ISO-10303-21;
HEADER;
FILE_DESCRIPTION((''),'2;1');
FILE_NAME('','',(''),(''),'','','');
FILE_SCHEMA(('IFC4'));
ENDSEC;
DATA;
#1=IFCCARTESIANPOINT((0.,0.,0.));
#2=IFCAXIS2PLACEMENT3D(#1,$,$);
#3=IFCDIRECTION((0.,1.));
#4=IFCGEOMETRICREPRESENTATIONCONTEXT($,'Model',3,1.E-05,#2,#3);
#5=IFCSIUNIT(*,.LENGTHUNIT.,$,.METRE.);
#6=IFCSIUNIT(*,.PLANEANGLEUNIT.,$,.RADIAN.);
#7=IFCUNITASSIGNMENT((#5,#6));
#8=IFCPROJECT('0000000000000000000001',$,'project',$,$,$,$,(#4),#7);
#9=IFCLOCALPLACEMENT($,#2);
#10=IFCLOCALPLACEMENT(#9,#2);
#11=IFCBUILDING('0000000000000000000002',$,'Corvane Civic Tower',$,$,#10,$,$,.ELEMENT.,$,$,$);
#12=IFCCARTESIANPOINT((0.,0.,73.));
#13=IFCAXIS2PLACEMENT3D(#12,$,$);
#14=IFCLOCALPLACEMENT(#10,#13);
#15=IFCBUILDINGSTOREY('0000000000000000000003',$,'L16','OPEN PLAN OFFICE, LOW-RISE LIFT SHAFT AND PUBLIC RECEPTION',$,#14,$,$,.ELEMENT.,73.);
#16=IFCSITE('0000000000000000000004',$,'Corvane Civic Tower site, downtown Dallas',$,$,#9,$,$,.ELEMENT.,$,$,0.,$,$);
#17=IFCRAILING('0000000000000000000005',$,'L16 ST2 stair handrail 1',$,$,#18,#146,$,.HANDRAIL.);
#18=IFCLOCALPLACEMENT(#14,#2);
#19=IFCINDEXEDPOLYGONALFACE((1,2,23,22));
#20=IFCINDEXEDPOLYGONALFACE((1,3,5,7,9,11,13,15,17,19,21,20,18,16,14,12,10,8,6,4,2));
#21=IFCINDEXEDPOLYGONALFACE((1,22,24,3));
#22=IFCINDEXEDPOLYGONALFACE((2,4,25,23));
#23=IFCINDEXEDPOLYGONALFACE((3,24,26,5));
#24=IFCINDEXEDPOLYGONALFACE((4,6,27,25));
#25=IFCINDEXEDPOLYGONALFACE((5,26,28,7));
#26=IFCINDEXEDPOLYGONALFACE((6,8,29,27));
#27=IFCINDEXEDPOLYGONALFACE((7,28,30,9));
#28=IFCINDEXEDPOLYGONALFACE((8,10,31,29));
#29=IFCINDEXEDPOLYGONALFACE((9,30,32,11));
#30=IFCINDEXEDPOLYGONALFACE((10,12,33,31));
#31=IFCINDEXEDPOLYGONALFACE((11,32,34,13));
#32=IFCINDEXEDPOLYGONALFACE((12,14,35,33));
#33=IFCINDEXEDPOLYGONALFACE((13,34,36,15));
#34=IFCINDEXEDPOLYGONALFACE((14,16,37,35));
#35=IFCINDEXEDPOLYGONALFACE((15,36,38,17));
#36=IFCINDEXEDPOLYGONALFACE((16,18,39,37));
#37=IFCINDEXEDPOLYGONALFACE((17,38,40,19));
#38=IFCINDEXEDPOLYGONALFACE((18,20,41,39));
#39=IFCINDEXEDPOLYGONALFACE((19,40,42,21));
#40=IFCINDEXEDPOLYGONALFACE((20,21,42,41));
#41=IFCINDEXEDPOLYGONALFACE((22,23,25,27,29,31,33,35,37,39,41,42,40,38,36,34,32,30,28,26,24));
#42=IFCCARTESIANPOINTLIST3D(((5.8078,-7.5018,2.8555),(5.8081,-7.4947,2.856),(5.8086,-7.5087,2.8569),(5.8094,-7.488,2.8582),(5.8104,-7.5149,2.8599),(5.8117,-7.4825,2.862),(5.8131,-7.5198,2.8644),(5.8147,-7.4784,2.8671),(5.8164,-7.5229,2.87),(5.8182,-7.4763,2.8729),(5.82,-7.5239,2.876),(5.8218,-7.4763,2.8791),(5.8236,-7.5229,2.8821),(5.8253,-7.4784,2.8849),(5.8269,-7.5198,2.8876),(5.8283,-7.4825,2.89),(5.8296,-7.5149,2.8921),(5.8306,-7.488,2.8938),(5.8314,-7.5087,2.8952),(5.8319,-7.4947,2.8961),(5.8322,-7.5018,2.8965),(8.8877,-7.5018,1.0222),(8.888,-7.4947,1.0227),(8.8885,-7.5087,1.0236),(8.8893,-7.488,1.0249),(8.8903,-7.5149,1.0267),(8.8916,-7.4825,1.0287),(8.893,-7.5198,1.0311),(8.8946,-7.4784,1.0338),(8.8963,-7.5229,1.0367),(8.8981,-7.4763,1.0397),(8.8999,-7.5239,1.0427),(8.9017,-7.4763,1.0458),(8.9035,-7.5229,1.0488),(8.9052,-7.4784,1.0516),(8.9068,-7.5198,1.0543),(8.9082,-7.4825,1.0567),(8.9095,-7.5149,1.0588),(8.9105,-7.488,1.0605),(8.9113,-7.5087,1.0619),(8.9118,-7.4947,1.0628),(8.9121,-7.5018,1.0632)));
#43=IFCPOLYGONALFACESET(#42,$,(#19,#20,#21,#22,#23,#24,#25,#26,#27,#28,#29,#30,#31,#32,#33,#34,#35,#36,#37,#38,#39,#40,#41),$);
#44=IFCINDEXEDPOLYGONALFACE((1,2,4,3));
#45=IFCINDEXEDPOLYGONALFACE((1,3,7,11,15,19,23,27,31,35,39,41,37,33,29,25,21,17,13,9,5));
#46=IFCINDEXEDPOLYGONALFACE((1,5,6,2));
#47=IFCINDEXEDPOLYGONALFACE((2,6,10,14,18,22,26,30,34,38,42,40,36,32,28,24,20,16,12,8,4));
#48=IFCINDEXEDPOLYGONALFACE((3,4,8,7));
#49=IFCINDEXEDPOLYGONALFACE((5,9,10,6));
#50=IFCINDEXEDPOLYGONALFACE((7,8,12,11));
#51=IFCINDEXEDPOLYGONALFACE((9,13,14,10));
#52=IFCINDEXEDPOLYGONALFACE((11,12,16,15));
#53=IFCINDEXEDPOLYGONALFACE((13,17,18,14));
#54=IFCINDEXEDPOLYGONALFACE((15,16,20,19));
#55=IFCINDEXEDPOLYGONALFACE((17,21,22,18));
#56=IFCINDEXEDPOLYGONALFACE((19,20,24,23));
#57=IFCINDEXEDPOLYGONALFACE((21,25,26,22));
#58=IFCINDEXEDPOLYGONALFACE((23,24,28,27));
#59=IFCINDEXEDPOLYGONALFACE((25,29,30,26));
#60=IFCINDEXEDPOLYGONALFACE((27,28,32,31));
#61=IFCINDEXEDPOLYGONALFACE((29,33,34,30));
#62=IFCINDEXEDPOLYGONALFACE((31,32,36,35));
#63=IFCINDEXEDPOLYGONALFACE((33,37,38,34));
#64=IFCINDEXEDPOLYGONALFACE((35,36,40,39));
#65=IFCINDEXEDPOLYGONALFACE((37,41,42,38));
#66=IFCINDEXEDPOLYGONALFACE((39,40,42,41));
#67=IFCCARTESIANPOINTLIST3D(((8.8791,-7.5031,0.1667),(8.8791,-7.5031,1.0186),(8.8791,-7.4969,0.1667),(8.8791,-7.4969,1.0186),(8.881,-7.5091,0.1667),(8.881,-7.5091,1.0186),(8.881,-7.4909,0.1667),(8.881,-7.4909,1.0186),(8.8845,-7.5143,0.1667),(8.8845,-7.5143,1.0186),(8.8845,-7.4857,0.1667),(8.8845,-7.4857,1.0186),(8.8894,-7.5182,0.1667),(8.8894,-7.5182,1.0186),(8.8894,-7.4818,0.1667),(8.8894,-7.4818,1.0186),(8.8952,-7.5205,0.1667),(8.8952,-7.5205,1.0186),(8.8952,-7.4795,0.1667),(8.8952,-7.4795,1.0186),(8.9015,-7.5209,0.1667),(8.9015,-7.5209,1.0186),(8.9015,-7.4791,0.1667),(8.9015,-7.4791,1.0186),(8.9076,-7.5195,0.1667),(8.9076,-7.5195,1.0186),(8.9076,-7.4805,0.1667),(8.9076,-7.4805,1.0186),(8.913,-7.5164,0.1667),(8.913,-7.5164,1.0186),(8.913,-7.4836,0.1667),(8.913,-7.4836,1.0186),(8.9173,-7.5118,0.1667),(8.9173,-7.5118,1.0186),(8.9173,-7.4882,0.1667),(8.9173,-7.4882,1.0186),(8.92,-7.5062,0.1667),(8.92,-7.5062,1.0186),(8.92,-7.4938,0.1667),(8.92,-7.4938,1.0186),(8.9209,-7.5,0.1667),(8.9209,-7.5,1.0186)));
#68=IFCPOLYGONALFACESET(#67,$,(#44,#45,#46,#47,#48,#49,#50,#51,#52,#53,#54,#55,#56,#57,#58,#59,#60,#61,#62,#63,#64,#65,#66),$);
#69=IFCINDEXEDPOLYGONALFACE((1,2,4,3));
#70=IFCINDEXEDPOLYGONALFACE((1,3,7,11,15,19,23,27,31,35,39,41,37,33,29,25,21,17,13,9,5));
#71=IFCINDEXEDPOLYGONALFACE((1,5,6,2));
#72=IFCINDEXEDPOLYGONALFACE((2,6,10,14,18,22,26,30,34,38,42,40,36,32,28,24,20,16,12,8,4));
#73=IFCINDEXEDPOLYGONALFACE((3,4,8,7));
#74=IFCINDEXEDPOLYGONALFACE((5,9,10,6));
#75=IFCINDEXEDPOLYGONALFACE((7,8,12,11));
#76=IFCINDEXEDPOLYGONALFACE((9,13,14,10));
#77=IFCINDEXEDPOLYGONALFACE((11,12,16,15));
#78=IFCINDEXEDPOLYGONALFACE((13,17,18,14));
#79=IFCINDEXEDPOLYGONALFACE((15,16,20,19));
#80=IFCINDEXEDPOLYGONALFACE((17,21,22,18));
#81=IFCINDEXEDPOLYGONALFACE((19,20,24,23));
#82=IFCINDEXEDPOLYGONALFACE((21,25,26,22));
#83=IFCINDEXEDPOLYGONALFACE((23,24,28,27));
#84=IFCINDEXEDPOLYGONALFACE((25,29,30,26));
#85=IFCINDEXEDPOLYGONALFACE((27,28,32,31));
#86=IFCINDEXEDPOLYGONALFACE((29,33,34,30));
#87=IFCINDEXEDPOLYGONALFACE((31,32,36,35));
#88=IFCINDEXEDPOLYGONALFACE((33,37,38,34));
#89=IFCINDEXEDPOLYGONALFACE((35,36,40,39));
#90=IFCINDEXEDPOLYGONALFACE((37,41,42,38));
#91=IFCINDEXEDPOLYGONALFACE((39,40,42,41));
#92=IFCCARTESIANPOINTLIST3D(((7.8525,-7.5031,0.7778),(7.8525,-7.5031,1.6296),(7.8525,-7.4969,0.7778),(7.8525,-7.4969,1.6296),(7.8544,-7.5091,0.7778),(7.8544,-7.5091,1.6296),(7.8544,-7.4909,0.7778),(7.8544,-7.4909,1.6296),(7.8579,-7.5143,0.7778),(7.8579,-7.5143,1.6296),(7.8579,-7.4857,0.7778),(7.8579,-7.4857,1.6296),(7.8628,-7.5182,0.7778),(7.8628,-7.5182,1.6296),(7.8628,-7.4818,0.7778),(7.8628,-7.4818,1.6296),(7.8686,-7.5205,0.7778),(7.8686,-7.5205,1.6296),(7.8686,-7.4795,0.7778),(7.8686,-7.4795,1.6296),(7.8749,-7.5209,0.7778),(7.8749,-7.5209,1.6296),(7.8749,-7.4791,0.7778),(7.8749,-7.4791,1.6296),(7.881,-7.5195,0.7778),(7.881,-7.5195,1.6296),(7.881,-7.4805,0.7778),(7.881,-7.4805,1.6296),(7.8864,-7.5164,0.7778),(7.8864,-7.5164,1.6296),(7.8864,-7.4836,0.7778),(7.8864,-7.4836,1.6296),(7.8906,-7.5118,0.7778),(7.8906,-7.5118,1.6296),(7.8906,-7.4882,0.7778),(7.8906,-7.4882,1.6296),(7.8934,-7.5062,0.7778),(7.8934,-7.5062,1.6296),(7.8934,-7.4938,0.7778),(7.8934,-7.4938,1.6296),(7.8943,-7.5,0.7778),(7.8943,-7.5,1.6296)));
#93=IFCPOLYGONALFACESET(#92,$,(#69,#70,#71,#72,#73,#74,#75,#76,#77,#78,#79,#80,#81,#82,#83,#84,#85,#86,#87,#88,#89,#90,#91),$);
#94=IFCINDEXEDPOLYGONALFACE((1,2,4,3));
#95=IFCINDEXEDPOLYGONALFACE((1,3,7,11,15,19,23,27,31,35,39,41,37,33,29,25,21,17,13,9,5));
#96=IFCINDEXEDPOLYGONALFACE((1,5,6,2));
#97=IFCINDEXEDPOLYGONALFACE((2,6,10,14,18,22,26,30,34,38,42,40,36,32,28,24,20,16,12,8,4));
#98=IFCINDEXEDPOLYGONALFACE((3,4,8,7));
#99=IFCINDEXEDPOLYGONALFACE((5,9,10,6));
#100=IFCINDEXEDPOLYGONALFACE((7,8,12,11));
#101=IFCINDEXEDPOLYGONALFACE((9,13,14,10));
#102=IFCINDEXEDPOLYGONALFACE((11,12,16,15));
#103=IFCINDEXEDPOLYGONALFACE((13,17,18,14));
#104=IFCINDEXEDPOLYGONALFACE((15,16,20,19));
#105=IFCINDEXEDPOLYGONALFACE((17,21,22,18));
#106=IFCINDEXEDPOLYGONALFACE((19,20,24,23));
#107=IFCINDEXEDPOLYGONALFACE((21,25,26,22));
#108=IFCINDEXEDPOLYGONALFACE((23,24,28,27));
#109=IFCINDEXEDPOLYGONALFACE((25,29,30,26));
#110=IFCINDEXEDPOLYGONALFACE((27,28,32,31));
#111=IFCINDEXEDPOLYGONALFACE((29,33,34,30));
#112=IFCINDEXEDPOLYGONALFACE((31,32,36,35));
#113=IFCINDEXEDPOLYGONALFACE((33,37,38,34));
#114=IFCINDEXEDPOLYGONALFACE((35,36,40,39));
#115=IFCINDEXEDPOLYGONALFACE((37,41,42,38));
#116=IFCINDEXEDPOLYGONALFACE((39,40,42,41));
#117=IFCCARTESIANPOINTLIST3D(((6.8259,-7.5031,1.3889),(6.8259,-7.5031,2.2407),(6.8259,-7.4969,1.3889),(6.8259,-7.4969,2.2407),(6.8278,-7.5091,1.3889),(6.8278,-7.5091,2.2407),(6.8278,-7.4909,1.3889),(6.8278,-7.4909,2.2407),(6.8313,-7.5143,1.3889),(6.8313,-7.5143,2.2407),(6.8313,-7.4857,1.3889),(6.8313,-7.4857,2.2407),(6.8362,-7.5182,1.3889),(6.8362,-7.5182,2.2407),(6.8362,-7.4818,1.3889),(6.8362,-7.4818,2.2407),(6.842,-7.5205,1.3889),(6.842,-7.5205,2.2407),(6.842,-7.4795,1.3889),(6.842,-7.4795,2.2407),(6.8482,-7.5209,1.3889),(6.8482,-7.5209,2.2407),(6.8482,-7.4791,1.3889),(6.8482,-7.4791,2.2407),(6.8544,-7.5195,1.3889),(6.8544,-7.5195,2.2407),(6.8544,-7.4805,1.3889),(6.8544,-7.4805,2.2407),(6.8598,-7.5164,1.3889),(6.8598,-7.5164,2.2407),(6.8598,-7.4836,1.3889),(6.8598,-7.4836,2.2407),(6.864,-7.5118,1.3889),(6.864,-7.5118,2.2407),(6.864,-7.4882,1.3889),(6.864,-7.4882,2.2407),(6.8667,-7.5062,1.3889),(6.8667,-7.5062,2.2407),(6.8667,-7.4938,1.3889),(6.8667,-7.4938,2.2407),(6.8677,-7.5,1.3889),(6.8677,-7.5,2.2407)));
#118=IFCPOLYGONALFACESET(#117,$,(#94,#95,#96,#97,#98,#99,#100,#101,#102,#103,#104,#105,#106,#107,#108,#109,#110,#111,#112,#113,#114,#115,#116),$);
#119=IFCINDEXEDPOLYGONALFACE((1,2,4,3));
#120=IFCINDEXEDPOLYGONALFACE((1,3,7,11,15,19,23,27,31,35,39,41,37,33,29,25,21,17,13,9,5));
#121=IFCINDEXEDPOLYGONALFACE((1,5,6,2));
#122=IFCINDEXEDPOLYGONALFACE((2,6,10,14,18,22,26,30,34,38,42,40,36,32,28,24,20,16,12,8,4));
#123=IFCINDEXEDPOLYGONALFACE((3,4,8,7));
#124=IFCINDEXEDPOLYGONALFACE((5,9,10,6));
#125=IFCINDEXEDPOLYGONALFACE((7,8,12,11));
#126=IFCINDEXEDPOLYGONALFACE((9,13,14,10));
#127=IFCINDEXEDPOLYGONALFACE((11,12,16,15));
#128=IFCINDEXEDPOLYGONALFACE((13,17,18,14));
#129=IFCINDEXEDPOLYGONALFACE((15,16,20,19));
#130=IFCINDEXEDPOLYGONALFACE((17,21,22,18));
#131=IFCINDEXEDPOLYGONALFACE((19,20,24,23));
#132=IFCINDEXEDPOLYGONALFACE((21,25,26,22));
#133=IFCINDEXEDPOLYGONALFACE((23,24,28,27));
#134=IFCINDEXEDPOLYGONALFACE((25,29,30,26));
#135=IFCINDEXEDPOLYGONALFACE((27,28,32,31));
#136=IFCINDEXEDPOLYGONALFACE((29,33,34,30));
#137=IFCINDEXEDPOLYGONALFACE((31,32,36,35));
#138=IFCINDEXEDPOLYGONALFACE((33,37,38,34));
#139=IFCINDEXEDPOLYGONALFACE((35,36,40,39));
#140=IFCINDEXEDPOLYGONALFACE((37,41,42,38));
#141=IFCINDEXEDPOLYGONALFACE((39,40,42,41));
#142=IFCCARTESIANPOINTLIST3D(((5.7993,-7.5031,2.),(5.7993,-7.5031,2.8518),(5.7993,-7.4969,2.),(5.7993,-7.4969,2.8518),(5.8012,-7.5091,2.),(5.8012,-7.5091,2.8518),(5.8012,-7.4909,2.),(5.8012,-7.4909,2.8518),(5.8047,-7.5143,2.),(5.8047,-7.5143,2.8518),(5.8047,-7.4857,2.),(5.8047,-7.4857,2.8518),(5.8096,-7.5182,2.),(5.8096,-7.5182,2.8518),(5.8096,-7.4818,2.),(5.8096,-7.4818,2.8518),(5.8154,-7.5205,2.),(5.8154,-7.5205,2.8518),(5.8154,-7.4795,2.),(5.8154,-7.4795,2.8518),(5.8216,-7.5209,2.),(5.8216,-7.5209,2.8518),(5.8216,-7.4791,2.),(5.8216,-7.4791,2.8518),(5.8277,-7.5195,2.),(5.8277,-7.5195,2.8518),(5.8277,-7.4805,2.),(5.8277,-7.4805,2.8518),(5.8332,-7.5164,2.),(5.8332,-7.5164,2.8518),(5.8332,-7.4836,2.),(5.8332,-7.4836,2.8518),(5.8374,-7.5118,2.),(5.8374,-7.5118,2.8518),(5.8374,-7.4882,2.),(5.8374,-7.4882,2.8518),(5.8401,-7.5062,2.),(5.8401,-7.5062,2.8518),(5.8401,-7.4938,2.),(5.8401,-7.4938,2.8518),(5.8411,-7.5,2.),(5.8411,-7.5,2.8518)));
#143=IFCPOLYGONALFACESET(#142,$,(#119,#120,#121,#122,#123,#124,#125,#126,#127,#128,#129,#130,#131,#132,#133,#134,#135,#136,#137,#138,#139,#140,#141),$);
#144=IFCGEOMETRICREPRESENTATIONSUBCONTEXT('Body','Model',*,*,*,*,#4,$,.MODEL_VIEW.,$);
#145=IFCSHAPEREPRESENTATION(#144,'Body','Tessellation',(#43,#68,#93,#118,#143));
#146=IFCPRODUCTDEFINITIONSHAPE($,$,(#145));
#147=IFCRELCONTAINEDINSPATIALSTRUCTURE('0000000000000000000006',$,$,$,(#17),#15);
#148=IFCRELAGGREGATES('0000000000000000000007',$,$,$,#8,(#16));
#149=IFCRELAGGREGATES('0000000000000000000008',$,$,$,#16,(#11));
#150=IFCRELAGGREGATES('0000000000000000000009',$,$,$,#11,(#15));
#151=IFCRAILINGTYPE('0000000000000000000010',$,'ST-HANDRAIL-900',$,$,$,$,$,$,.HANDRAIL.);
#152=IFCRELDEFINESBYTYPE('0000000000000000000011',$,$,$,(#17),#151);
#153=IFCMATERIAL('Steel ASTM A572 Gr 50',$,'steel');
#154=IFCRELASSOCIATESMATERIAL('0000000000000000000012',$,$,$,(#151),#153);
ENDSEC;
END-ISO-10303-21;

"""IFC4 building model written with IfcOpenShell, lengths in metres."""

from ifc_helpers import new_model, si_unit, direction, frame, origin, origin_2d, place, context, subcontext, project, spatial, circle, extrude, material, type_object, element, save


model = new_model("IFC4")

# Units and contexts
model_context = context("Model", 3, precision=1e-05, world=origin(), true_north=direction((0.0, 1.0)))
body_context = subcontext(model_context, "Body", "Model", "MODEL_VIEW")
ifc_project = project(units=[si_unit("LENGTHUNIT", "METRE"), si_unit("PLANEANGLEUNIT", "RADIAN")], contexts=[model_context])

# Site, building, storey
site_placement = place(None, origin())
site = spatial("IfcSite", under=ifc_project, at=site_placement, Name="Corvane Civic Tower site, downtown Dallas", CompositionType="ELEMENT", RefElevation=0.0)
building_placement = place(site_placement, origin())
building = spatial("IfcBuilding", under=site, at=building_placement, Name="Corvane Civic Tower", CompositionType="ELEMENT")
storey_placement = place(building_placement, frame((0.0, 0.0, 73.0)))
storey = spatial("IfcBuildingStorey", under=building, at=storey_placement, Name="L16", Description="OPEN PLAN OFFICE, LOW-RISE LIFT SHAFT AND PUBLIC RECEPTION", CompositionType="ELEMENT", Elevation=73.0)

# Railing
ifc_material_1 = material(Name="Steel ASTM A572 Gr 50", Category="steel")
railing_type_1 = type_object("IfcRailingType", Name="ST-HANDRAIL-900", PredefinedType="HANDRAIL", material=ifc_material_1)
railing_1_placement = place(storey_placement, frame((8.8999, -7.5, 0.1667)))
element("IfcRailing", 1, at=railing_1_placement, inside=storey, type_object=railing_type_1, Name="L16 ST2 stair handrail 1", PredefinedType="HANDRAIL", context=body_context, shape_type="SweptSolid", body=[
    extrude(circle(Radius=0.0239, at=origin_2d()), frame((0.0, 0.0, 0.876), z_axis=(-0.859291, 0.0, 0.511487), x_axis=(0.0, -1.0, 0.0)), (0.0, 0.0, 1.0), 3.5842),
    extrude(circle(Radius=0.021, at=origin_2d()), origin(), (0.0, 0.0, 1.0), 0.8518),
    extrude(circle(Radius=0.021, at=origin_2d()), frame((-1.0266, 0.0, 0.6111)), (0.0, 0.0, 1.0), 0.8518),
    extrude(circle(Radius=0.021, at=origin_2d()), frame((-2.0532, 0.0, 1.2222)), (0.0, 0.0, 1.0), 0.8518),
    extrude(circle(Radius=0.021, at=origin_2d()), frame((-3.0798, 0.0, 1.8333)), (0.0, 0.0, 1.0), 0.8518),
])

save(model, "model.ifc")
